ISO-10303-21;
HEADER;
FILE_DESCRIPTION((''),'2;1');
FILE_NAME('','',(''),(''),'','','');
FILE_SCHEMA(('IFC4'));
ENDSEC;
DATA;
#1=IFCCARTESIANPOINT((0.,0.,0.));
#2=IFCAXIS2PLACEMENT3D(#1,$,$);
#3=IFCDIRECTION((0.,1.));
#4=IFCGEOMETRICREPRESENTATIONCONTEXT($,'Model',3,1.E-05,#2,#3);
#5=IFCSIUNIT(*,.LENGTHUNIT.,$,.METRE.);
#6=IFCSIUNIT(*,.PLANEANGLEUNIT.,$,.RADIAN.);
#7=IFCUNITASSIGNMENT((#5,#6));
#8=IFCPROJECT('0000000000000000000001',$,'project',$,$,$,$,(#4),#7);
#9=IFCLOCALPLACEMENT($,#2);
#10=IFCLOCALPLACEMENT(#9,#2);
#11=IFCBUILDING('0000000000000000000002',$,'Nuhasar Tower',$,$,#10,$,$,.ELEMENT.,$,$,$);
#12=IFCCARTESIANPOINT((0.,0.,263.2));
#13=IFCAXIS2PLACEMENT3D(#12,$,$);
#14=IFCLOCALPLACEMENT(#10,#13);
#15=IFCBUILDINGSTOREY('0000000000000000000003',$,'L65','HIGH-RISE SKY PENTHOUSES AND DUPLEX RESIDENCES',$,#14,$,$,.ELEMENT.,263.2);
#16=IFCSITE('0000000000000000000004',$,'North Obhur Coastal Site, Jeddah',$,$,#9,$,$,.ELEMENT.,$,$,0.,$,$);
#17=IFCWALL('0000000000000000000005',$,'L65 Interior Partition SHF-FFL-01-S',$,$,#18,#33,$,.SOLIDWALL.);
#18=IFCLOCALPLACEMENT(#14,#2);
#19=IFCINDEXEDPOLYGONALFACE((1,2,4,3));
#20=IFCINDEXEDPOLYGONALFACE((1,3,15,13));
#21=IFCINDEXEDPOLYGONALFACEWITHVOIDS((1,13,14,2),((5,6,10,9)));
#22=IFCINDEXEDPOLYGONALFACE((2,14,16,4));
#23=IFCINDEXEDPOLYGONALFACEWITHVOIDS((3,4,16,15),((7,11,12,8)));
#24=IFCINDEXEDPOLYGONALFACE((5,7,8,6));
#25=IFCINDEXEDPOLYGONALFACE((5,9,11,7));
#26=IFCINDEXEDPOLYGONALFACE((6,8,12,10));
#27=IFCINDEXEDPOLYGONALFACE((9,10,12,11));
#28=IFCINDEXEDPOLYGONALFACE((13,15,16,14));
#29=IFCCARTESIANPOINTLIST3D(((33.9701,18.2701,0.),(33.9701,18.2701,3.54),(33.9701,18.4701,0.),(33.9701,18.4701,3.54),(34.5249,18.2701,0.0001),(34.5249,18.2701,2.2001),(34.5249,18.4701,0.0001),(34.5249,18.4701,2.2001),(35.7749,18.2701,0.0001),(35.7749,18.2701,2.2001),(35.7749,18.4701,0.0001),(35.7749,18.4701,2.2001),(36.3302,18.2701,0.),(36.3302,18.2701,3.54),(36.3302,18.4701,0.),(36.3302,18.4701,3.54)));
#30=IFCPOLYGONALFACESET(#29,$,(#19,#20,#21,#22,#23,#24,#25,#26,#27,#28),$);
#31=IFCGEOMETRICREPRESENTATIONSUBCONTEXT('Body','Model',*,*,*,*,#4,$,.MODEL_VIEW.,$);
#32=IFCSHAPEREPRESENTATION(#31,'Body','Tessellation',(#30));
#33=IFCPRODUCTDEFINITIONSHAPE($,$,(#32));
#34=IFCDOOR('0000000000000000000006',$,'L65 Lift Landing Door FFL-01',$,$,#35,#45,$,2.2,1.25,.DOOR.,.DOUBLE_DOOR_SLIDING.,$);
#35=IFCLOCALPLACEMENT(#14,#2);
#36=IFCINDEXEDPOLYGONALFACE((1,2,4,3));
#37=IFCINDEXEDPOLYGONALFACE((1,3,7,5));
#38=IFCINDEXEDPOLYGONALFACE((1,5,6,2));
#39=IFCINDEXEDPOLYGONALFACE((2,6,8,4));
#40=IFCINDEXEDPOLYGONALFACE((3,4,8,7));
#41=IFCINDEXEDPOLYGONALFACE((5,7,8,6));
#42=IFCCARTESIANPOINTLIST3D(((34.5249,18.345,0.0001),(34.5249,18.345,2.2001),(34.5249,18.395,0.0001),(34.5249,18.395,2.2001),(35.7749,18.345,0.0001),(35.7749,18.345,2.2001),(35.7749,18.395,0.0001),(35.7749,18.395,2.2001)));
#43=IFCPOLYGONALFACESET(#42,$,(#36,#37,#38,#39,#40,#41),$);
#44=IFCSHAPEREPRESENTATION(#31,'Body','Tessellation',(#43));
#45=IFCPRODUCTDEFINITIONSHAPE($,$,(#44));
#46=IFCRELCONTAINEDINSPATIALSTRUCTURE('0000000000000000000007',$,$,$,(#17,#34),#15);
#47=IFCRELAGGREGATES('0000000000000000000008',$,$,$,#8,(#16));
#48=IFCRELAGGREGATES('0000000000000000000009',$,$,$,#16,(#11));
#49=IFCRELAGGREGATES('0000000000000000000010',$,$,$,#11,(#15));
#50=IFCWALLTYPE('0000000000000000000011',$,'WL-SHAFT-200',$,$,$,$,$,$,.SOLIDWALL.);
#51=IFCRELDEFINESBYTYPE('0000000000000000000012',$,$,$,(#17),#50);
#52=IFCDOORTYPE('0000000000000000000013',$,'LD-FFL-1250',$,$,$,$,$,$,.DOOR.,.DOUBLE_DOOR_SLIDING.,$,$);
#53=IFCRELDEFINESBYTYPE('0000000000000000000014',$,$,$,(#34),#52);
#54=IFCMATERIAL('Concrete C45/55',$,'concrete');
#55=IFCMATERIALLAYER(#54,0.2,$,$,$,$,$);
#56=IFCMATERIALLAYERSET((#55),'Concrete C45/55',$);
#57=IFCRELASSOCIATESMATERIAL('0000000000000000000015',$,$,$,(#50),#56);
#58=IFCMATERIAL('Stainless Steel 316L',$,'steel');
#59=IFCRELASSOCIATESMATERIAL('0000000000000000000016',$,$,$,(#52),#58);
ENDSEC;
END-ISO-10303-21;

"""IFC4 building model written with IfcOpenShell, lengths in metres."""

from ifc_helpers import new_model, si_unit, direction, frame, frame_2d, origin, place, context, subcontext, project, spatial, rectangle, extrude, material, layer, layer_set, type_object, element, fill, save


model = new_model("IFC4")

# Units and contexts
model_context = context("Model", 3, precision=1e-05, world=origin(), true_north=direction((0.0, 1.0)))
body_context = subcontext(model_context, "Body", "Model", "MODEL_VIEW")
ifc_project = project(units=[si_unit("LENGTHUNIT", "METRE"), si_unit("PLANEANGLEUNIT", "RADIAN")], contexts=[model_context])

# Site, building, storey
site_placement = place(None, origin())
site = spatial("IfcSite", under=ifc_project, at=site_placement, Name="North Obhur Coastal Site, Jeddah", CompositionType="ELEMENT", RefElevation=0.0)
building_placement = place(site_placement, origin())
building = spatial("IfcBuilding", under=site, at=building_placement, Name="Nuhasar Tower", CompositionType="ELEMENT")
storey_placement = place(building_placement, frame((0.0, 0.0, 263.2)))
storey = spatial("IfcBuildingStorey", under=building, at=storey_placement, Name="L65", Description="HIGH-RISE SKY PENTHOUSES AND DUPLEX RESIDENCES", CompositionType="ELEMENT", Elevation=263.2)

# Shared definitions
ifc_material_1 = material(Name="Concrete C45/55", Category="concrete")

# Wall, opening, door
ifc_layer_1 = layer(ifc_material_1, 0.2)
ifc_layer_set_1 = layer_set([ifc_layer_1], Name="Concrete C45/55")
wall_type_1 = type_object("IfcWallType", Name="WL-SHAFT-200", PredefinedType="SOLIDWALL", material=ifc_layer_set_1)
wall_1_placement = place(storey_placement, frame((33.97, 18.3701, 0.0), z_axis=(0.0, 0.0, 1.0), x_axis=(1.0, 0.0, 0.0)))
wall_1 = element("IfcWall", 1, at=wall_1_placement, inside=storey, type_object=wall_type_1, Name="L65 Interior Partition SHF-FFL-01-S", PredefinedType="SOLIDWALL", context=body_context, shape_type="SweptSolid", body=[
    extrude(rectangle(XDim=2.3601, YDim=0.2, at=frame_2d((1.1802, 0.0))), origin(), (0.0, 0.0, 1.0), 3.54),
])
opening_1_placement = place(wall_1_placement, frame((0.5549, 0.0, 0.0)))
opening_1 = element("IfcOpeningElement", 2, at=opening_1_placement, cuts=wall_1, PredefinedType="OPENING", context=body_context, shape_type="SweptSolid", body=[
    extrude(rectangle(XDim=1.25, YDim=2.2, at=frame_2d((0.625, 1.1001))), frame((0.0, 0.1099, 0.0), z_axis=(0.0, -1.0, 0.0), x_axis=(1.0, 0.0, 0.0)), (0.0, 0.0, 1.0), 0.22),
])
ifc_material_2 = material(Name="Stainless Steel 316L", Category="steel")
door_type_1 = type_object("IfcDoorType", Name="LD-FFL-1250", OperationType="DOUBLE_DOOR_SLIDING", PredefinedType="DOOR", material=ifc_material_2)
door_1_placement = place(opening_1_placement, origin())
door_1 = element("IfcDoor", 3, at=door_1_placement, inside=storey, type_object=door_type_1, Name="L65 Lift Landing Door FFL-01", OperationType="DOUBLE_DOOR_SLIDING", OverallHeight=2.2, OverallWidth=1.25, PredefinedType="DOOR", context=body_context, shape_type="SweptSolid", body=[
    extrude(rectangle(XDim=1.25, YDim=2.2, at=frame_2d((0.625, 1.1001))), frame((0.0, 0.0249, 0.0), z_axis=(0.0, -1.0, 0.0), x_axis=(1.0, 0.0, 0.0)), (0.0, 0.0, 1.0), 0.05),
])
fill(opening_1, door_1)

save(model, "model.ifc")
